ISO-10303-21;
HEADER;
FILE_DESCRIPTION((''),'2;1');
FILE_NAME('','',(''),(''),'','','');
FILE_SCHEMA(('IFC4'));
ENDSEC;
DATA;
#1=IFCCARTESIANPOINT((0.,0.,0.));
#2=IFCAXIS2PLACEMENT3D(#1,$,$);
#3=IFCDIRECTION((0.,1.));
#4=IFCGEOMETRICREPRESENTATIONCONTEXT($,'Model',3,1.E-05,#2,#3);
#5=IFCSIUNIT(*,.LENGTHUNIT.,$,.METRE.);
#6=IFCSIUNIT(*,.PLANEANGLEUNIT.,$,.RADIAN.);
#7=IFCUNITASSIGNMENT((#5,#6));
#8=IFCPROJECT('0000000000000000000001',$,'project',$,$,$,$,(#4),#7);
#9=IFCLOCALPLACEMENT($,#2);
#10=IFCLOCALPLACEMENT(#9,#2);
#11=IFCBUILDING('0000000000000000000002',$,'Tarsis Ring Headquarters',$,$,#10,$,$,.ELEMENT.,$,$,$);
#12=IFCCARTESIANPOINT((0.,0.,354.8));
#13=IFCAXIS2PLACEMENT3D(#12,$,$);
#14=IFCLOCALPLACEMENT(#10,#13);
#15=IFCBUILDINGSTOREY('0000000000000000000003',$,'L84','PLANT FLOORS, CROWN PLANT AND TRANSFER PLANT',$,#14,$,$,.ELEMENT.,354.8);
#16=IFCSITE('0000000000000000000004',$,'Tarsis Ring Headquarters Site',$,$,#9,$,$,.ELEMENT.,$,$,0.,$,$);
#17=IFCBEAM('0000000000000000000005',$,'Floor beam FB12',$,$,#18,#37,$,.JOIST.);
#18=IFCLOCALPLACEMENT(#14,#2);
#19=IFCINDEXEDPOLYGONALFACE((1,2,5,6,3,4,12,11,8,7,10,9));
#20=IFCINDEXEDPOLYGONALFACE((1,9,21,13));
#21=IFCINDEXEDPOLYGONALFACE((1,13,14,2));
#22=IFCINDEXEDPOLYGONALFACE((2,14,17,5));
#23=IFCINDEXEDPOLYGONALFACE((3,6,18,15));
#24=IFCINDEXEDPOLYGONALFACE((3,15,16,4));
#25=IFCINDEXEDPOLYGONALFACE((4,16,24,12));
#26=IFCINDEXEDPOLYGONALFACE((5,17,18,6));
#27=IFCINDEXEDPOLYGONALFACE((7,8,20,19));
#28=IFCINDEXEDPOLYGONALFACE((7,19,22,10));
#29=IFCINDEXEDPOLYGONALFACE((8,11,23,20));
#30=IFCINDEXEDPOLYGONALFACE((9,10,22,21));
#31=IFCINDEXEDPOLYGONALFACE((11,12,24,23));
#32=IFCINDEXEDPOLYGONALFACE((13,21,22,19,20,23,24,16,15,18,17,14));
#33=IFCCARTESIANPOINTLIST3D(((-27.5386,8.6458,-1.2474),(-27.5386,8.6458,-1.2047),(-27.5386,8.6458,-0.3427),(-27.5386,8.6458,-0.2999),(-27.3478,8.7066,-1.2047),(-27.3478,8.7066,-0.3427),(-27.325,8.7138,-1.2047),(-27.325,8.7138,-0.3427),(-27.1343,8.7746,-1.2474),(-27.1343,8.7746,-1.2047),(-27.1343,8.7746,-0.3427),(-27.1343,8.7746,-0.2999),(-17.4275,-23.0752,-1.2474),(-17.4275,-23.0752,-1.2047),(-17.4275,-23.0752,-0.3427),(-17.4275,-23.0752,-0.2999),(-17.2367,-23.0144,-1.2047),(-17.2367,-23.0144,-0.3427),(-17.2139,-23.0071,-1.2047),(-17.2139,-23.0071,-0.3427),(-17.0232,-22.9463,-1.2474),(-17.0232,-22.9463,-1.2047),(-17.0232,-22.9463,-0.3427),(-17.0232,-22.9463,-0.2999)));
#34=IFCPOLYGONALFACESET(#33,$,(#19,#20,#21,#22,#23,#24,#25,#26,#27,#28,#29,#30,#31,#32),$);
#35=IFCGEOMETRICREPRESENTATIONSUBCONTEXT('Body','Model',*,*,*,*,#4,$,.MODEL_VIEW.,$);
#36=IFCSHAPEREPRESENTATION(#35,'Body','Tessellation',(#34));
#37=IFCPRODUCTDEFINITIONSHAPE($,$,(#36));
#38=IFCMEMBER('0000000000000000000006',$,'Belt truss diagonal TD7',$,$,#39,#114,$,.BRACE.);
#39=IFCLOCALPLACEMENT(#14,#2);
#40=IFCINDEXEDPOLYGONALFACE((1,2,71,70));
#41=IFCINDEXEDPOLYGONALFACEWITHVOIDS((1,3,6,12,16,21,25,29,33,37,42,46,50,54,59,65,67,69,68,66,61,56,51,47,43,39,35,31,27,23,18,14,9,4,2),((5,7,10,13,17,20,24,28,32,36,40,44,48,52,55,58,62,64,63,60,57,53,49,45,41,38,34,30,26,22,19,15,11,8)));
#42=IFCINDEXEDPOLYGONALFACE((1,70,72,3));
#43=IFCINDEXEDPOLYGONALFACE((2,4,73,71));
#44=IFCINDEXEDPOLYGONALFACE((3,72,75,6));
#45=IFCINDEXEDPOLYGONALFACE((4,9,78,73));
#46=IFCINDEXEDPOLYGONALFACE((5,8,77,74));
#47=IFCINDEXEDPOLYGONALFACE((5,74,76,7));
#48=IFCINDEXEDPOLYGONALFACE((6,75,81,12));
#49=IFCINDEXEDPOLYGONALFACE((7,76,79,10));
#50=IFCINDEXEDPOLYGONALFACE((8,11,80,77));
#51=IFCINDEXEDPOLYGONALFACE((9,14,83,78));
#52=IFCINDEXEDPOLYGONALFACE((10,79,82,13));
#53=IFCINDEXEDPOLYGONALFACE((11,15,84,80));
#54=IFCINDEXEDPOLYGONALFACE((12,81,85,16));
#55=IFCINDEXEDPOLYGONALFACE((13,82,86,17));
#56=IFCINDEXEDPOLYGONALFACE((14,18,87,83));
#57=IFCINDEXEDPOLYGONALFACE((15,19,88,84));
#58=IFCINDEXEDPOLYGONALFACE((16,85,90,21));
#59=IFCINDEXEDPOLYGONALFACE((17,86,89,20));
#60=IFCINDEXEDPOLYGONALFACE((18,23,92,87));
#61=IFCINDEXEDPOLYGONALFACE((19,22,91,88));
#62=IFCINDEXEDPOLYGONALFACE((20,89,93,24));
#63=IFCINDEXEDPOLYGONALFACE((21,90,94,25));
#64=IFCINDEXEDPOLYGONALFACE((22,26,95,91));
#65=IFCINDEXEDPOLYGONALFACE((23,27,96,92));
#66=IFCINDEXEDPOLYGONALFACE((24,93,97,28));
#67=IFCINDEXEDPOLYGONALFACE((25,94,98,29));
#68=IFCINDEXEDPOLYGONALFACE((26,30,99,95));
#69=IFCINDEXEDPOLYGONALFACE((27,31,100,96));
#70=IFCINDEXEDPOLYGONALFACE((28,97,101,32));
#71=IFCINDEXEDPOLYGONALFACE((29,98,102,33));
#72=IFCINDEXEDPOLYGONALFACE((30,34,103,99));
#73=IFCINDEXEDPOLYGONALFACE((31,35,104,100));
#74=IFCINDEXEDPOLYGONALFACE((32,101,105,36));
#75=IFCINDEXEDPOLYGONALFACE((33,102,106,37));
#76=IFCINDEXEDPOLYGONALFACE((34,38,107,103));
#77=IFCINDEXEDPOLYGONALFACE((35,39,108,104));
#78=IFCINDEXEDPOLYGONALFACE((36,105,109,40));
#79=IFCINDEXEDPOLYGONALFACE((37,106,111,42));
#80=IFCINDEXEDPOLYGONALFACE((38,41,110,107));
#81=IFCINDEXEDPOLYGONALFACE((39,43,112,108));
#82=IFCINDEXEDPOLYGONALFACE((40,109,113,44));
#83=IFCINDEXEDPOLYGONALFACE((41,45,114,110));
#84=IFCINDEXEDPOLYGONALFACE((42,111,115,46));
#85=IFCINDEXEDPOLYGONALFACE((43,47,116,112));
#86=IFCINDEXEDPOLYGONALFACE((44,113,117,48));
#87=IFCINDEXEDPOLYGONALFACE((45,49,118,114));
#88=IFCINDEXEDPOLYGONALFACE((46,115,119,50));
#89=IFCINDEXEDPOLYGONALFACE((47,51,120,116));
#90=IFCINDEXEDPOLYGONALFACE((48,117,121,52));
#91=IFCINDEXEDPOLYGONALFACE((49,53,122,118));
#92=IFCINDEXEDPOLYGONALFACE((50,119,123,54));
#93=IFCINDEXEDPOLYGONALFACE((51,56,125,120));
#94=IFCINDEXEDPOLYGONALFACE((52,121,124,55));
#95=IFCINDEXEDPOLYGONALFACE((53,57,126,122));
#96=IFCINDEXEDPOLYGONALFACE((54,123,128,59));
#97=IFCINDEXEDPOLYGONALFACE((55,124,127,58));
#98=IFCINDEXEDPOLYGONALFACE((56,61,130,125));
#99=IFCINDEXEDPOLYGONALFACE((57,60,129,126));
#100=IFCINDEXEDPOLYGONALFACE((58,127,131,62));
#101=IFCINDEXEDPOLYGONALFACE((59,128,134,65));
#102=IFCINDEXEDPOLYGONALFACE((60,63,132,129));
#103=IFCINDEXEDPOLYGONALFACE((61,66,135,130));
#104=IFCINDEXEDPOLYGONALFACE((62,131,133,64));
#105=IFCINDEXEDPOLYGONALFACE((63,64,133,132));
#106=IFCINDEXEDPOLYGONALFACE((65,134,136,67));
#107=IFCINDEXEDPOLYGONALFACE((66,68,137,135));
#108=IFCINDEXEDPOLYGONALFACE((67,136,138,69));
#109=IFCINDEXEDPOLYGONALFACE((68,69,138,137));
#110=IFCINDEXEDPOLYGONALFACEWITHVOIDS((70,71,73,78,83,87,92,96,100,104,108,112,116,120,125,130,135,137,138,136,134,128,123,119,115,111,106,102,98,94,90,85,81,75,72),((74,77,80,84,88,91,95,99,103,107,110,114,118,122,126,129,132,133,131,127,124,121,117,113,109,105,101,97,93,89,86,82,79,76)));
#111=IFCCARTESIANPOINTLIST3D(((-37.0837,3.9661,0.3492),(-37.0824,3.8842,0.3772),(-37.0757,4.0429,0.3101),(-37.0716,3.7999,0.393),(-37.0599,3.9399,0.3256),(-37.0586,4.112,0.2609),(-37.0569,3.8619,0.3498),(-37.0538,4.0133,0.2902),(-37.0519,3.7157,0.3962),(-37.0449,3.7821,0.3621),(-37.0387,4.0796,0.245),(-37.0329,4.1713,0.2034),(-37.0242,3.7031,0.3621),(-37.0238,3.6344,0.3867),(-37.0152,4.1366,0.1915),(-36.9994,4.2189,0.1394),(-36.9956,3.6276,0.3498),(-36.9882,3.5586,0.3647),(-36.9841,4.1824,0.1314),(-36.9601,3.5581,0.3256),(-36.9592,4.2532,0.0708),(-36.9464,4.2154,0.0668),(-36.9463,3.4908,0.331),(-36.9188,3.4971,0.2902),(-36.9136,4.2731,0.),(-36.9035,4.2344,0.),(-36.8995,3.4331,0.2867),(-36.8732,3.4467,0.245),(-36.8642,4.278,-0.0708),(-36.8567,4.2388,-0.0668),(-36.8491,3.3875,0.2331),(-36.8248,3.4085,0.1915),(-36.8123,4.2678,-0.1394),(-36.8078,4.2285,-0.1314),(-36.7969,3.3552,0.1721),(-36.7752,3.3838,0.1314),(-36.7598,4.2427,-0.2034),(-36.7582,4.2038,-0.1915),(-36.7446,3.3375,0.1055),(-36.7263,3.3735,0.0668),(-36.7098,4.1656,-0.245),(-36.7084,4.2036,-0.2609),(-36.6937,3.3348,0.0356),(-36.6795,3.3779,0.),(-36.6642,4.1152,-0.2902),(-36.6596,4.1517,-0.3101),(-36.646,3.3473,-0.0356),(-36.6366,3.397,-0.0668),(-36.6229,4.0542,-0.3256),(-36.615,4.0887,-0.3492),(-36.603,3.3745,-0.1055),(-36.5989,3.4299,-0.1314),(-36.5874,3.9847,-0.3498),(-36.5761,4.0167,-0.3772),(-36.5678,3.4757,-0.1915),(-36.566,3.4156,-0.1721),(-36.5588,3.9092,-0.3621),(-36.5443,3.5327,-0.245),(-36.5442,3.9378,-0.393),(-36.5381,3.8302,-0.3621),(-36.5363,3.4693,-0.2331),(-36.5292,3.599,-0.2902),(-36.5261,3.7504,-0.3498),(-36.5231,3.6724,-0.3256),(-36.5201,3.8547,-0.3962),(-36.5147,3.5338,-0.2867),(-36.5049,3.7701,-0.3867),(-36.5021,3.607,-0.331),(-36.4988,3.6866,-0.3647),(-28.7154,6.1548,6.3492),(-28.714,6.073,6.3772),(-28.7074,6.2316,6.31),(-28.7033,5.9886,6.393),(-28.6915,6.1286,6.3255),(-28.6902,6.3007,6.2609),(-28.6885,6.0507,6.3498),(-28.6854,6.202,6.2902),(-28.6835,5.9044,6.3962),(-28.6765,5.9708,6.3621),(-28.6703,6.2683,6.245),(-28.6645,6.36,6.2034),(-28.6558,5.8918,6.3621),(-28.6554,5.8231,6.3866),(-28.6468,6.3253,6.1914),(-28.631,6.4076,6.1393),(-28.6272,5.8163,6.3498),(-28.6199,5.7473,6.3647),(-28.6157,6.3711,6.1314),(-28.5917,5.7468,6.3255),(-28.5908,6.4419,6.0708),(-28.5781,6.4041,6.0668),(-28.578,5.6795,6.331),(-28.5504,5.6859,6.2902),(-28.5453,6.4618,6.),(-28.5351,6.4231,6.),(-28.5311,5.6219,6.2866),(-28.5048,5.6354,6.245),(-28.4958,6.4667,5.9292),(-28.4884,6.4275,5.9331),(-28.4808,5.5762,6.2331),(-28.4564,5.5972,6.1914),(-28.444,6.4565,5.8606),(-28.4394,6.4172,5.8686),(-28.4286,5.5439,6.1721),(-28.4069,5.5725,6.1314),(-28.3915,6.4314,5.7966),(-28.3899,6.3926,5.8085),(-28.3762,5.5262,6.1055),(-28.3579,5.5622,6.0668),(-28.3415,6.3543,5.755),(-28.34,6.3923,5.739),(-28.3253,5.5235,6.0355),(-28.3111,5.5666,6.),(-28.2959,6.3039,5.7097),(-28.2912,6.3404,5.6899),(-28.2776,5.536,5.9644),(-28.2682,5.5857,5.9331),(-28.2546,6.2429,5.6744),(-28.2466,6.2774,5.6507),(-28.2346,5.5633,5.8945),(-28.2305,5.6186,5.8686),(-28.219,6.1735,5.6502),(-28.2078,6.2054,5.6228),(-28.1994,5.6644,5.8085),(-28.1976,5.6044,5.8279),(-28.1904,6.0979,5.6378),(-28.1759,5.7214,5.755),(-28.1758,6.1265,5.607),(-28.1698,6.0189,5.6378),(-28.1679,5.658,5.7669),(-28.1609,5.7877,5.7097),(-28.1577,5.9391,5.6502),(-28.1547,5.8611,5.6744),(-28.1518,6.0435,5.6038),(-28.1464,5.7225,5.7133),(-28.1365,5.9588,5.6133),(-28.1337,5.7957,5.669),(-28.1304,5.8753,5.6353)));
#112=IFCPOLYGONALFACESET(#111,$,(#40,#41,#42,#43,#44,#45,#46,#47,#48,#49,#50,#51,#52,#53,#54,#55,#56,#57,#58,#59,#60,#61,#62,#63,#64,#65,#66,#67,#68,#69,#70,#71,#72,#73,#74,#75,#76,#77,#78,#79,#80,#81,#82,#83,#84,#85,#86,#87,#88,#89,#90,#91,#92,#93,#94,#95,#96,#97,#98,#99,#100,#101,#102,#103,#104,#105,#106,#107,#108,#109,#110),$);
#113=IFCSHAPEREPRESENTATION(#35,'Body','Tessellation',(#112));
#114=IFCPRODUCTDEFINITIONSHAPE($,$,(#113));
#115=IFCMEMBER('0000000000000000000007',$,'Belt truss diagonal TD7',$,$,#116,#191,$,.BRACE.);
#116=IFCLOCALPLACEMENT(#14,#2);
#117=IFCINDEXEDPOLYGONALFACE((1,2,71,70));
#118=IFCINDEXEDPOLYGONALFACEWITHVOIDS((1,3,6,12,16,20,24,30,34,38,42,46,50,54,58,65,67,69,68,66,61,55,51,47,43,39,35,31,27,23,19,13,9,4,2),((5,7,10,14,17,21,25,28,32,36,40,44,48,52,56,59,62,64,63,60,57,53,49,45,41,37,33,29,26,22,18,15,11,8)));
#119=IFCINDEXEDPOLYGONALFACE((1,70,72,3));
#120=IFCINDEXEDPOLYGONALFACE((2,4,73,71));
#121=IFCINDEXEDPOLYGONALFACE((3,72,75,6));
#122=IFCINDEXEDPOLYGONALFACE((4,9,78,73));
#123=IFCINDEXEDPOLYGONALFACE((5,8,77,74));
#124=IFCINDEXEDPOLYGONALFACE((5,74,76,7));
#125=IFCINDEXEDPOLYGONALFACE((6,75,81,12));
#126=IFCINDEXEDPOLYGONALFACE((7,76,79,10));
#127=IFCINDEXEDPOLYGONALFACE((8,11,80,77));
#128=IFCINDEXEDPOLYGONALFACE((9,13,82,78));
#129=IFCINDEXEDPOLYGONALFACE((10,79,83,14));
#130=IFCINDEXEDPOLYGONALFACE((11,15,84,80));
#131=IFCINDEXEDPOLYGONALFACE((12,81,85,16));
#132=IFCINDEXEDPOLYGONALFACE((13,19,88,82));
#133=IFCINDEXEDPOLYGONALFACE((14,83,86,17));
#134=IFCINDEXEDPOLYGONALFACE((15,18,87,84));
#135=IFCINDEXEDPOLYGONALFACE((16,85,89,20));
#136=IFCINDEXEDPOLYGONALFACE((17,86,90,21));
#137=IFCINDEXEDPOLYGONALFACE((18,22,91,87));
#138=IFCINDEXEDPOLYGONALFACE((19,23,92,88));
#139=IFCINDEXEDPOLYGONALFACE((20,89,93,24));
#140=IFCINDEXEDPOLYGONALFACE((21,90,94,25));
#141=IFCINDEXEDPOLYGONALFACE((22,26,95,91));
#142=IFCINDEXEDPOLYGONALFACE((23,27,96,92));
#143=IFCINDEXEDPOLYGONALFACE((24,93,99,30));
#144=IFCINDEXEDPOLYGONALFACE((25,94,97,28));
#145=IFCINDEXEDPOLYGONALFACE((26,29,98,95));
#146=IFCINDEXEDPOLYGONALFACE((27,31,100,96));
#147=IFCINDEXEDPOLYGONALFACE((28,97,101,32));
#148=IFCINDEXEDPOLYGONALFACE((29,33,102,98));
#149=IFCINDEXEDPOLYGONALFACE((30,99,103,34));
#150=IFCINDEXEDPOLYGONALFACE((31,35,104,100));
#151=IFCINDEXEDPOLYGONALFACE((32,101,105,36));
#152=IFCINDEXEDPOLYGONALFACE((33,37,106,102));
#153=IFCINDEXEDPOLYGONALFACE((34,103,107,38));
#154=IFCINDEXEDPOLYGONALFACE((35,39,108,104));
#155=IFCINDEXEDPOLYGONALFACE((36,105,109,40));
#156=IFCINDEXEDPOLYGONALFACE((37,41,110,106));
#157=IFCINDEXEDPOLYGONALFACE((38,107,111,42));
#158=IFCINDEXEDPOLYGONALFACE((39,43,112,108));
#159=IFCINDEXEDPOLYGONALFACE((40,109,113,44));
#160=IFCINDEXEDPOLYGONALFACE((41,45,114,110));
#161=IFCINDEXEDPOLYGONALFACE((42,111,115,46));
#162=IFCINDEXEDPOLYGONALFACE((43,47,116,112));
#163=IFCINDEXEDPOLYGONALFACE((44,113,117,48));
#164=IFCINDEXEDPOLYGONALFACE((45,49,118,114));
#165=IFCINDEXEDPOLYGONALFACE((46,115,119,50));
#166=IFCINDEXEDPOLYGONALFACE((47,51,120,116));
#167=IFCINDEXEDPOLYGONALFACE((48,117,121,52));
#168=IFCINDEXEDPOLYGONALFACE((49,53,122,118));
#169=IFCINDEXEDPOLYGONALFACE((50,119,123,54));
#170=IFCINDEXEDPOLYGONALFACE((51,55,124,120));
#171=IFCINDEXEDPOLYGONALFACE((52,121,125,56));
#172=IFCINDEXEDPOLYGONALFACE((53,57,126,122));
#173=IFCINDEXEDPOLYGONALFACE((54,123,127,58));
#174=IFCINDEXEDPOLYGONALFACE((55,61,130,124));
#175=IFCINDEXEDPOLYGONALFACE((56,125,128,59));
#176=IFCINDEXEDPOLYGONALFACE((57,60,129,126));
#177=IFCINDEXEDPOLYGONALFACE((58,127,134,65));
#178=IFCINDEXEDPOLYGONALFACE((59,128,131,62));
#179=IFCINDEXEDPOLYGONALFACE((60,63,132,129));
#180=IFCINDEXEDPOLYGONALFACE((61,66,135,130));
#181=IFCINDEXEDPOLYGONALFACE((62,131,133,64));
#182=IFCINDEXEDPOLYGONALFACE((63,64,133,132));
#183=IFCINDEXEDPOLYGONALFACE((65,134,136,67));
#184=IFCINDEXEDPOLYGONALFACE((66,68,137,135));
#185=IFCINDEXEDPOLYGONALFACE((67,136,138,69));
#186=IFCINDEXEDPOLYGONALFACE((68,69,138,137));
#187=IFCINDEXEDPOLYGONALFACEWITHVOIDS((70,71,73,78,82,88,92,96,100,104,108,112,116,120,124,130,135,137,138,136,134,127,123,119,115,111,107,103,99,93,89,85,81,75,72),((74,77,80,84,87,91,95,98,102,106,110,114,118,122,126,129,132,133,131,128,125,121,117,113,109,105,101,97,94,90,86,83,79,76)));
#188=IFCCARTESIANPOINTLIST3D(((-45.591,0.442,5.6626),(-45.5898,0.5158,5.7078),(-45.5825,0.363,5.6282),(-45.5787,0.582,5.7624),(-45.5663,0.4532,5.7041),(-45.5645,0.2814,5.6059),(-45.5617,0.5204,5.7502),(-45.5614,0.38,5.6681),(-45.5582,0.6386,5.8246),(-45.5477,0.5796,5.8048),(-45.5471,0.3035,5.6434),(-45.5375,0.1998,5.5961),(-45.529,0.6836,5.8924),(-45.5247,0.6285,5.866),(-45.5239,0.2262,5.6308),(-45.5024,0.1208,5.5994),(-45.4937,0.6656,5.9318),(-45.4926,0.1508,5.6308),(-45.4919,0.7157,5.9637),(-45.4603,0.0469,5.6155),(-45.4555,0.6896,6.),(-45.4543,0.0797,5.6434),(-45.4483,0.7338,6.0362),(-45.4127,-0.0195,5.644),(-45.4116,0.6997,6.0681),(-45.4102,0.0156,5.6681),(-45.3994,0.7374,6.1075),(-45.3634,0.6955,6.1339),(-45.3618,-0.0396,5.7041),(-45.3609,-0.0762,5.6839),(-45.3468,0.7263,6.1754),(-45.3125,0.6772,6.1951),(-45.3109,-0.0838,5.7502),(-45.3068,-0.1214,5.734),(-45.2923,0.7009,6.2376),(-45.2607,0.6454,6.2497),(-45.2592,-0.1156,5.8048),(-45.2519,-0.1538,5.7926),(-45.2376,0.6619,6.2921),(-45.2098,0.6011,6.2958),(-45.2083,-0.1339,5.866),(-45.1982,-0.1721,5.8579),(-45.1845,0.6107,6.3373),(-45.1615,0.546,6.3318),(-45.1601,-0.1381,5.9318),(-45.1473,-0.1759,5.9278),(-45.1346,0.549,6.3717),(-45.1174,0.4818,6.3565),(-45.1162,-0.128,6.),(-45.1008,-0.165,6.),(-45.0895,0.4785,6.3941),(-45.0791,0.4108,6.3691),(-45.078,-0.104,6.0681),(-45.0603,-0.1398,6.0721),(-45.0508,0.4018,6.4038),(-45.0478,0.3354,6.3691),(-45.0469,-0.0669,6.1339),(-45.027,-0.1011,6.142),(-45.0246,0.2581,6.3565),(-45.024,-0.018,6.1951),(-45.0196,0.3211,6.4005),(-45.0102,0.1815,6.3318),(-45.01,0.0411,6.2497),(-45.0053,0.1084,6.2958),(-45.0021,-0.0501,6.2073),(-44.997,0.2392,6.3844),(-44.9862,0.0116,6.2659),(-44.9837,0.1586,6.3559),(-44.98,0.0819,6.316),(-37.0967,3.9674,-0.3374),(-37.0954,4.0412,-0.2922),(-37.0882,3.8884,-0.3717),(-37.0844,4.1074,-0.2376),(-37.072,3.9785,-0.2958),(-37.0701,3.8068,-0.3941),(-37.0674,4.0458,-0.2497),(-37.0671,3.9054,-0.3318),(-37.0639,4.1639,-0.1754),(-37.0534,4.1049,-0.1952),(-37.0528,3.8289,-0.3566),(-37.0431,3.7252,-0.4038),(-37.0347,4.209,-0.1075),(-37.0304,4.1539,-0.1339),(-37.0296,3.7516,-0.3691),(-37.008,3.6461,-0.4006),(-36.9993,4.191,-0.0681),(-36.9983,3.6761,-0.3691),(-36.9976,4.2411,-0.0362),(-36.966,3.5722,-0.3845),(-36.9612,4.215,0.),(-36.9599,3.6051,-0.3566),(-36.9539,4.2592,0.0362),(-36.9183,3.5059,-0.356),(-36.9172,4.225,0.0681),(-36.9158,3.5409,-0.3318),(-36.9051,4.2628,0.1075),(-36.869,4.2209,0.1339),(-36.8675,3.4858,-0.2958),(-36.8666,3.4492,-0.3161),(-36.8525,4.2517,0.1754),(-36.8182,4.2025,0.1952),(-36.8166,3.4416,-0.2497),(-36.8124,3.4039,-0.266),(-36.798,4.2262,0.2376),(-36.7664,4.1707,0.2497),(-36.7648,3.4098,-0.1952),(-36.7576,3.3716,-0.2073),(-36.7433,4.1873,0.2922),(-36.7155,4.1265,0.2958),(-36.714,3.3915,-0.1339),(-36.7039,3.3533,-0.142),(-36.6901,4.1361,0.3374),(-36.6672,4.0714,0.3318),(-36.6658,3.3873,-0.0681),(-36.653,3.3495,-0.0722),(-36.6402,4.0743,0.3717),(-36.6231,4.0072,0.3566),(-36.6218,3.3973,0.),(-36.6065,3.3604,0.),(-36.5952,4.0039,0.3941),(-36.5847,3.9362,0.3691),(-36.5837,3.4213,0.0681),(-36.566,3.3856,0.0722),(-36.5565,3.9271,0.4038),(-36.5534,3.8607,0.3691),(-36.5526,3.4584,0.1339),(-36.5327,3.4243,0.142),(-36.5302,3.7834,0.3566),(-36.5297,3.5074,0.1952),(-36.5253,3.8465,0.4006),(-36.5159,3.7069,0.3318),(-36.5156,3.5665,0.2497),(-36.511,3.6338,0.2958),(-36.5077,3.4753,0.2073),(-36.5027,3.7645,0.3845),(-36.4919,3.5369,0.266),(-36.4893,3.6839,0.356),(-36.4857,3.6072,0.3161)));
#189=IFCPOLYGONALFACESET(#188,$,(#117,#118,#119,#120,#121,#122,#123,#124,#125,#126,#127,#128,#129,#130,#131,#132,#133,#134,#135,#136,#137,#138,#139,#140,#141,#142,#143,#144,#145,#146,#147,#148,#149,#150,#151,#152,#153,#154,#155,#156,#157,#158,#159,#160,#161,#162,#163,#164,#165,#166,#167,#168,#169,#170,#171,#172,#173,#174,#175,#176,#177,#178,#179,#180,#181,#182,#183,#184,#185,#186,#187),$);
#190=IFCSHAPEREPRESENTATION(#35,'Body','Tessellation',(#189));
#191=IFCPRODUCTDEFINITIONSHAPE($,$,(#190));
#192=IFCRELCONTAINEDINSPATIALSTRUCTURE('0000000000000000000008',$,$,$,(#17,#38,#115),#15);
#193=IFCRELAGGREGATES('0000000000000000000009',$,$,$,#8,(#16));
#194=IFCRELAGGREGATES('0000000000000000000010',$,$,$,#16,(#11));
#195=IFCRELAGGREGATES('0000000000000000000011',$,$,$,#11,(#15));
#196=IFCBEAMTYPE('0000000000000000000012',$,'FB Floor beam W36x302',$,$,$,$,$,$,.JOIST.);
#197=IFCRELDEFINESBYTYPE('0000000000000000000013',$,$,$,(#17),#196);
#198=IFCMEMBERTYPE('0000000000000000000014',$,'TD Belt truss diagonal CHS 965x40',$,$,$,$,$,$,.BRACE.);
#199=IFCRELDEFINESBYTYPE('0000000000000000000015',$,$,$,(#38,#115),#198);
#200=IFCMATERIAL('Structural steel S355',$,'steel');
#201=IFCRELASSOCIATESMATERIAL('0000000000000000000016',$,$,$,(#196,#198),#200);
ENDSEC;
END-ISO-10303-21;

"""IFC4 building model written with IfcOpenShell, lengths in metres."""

from ifc_helpers import new_model, si_unit, direction, frame, origin, origin_2d, place, context, subcontext, project, spatial, hollow_circle, i_section, extrude, material, material_profile, profile_set, type_object, element, save


model = new_model("IFC4")

# Units and contexts
model_context = context("Model", 3, precision=1e-05, world=origin(), true_north=direction((0.0, 1.0)))
body_context = subcontext(model_context, "Body", "Model", "MODEL_VIEW")
ifc_project = project(units=[si_unit("LENGTHUNIT", "METRE"), si_unit("PLANEANGLEUNIT", "RADIAN")], contexts=[model_context])

# Site, building, storey
site_placement = place(None, origin())
site = spatial("IfcSite", under=ifc_project, at=site_placement, Name="Tarsis Ring Headquarters Site", CompositionType="ELEMENT", RefElevation=0.0)
building_placement = place(site_placement, origin())
building = spatial("IfcBuilding", under=site, at=building_placement, Name="Tarsis Ring Headquarters", CompositionType="ELEMENT")
storey_placement = place(building_placement, frame((0.0, 0.0, 354.8)))
storey = spatial("IfcBuildingStorey", under=building, at=storey_placement, Name="L84", Description="PLANT FLOORS, CROWN PLANT AND TRANSFER PLANT", CompositionType="ELEMENT", Elevation=354.8)

# Shared definitions
ifc_material_1 = material(Name="Structural steel S355", Category="steel")
ifc_material_profile_1 = material_profile(ifc_material_1, hollow_circle(Radius=0.4827, WallThickness=0.04, at=origin_2d()), Name="CHS 965x40")
ifc_profile_set_1 = profile_set([ifc_material_profile_1], Name="Structural steel S355")

# Beam
ifc_material_profile_2 = material_profile(ifc_material_1, i_section(OverallWidth=0.4243, OverallDepth=0.9475, WebThickness=0.0239, FlangeThickness=0.0427, at=origin_2d()), Name="W36x302")
ifc_profile_set_2 = profile_set([ifc_material_profile_2], Name="Structural steel S355")
beam_type_1 = type_object("IfcBeamType", Name="FB Floor beam W36x302", PredefinedType="JOIST", material=ifc_profile_set_2)
beam_1_placement = place(storey_placement, frame((-27.3364, 8.7102, -0.7737), z_axis=(0.303696, -0.952769, 0.0), x_axis=(0.952769, 0.303696, 0.0)))
element("IfcBeam", 1, at=beam_1_placement, inside=storey, type_object=beam_type_1, Name="Floor beam FB12", PredefinedType="JOIST", context=body_context, shape_type="SweptSolid", body=[
    extrude(i_section(OverallWidth=0.4243, OverallDepth=0.9475, WebThickness=0.0239, FlangeThickness=0.0427, at=origin_2d()), origin(), (0.0, 0.0, 1.0), 33.2935),
])

# Members
member_type = type_object("IfcMemberType", Name="TD Belt truss diagonal CHS 965x40", PredefinedType="BRACE", material=ifc_profile_set_1)
member_1_placement = place(storey_placement, frame((-36.7915, 3.8062, 0.0), z_axis=(0.794936, 0.207912, 0.569955), x_axis=(-0.253034, 0.967457, 0.0)))
element("IfcMember", 2, at=member_1_placement, inside=storey, type_object=member_type, Name="Belt truss diagonal TD7", PredefinedType="BRACE", context=body_context, shape_type="SweptSolid", body=[
    extrude(hollow_circle(Radius=0.4827, WallThickness=0.04, at=origin_2d()), origin(), (0.0, 0.0, 1.0), 10.5271),
])
member_2_placement = place(storey_placement, frame((-36.7915, 3.8062, 0.0), z_axis=(-0.773551, -0.321044, 0.546397), x_axis=(0.383324, -0.923614, 0.0)))
element("IfcMember", 3, at=member_2_placement, inside=storey, type_object=member_type, Name="Belt truss diagonal TD7", PredefinedType="BRACE", context=body_context, shape_type="SweptSolid", body=[
    extrude(hollow_circle(Radius=0.4827, WallThickness=0.04, at=origin_2d()), origin(), (0.0, 0.0, 1.0), 10.981),
])

save(model, "model.ifc")
